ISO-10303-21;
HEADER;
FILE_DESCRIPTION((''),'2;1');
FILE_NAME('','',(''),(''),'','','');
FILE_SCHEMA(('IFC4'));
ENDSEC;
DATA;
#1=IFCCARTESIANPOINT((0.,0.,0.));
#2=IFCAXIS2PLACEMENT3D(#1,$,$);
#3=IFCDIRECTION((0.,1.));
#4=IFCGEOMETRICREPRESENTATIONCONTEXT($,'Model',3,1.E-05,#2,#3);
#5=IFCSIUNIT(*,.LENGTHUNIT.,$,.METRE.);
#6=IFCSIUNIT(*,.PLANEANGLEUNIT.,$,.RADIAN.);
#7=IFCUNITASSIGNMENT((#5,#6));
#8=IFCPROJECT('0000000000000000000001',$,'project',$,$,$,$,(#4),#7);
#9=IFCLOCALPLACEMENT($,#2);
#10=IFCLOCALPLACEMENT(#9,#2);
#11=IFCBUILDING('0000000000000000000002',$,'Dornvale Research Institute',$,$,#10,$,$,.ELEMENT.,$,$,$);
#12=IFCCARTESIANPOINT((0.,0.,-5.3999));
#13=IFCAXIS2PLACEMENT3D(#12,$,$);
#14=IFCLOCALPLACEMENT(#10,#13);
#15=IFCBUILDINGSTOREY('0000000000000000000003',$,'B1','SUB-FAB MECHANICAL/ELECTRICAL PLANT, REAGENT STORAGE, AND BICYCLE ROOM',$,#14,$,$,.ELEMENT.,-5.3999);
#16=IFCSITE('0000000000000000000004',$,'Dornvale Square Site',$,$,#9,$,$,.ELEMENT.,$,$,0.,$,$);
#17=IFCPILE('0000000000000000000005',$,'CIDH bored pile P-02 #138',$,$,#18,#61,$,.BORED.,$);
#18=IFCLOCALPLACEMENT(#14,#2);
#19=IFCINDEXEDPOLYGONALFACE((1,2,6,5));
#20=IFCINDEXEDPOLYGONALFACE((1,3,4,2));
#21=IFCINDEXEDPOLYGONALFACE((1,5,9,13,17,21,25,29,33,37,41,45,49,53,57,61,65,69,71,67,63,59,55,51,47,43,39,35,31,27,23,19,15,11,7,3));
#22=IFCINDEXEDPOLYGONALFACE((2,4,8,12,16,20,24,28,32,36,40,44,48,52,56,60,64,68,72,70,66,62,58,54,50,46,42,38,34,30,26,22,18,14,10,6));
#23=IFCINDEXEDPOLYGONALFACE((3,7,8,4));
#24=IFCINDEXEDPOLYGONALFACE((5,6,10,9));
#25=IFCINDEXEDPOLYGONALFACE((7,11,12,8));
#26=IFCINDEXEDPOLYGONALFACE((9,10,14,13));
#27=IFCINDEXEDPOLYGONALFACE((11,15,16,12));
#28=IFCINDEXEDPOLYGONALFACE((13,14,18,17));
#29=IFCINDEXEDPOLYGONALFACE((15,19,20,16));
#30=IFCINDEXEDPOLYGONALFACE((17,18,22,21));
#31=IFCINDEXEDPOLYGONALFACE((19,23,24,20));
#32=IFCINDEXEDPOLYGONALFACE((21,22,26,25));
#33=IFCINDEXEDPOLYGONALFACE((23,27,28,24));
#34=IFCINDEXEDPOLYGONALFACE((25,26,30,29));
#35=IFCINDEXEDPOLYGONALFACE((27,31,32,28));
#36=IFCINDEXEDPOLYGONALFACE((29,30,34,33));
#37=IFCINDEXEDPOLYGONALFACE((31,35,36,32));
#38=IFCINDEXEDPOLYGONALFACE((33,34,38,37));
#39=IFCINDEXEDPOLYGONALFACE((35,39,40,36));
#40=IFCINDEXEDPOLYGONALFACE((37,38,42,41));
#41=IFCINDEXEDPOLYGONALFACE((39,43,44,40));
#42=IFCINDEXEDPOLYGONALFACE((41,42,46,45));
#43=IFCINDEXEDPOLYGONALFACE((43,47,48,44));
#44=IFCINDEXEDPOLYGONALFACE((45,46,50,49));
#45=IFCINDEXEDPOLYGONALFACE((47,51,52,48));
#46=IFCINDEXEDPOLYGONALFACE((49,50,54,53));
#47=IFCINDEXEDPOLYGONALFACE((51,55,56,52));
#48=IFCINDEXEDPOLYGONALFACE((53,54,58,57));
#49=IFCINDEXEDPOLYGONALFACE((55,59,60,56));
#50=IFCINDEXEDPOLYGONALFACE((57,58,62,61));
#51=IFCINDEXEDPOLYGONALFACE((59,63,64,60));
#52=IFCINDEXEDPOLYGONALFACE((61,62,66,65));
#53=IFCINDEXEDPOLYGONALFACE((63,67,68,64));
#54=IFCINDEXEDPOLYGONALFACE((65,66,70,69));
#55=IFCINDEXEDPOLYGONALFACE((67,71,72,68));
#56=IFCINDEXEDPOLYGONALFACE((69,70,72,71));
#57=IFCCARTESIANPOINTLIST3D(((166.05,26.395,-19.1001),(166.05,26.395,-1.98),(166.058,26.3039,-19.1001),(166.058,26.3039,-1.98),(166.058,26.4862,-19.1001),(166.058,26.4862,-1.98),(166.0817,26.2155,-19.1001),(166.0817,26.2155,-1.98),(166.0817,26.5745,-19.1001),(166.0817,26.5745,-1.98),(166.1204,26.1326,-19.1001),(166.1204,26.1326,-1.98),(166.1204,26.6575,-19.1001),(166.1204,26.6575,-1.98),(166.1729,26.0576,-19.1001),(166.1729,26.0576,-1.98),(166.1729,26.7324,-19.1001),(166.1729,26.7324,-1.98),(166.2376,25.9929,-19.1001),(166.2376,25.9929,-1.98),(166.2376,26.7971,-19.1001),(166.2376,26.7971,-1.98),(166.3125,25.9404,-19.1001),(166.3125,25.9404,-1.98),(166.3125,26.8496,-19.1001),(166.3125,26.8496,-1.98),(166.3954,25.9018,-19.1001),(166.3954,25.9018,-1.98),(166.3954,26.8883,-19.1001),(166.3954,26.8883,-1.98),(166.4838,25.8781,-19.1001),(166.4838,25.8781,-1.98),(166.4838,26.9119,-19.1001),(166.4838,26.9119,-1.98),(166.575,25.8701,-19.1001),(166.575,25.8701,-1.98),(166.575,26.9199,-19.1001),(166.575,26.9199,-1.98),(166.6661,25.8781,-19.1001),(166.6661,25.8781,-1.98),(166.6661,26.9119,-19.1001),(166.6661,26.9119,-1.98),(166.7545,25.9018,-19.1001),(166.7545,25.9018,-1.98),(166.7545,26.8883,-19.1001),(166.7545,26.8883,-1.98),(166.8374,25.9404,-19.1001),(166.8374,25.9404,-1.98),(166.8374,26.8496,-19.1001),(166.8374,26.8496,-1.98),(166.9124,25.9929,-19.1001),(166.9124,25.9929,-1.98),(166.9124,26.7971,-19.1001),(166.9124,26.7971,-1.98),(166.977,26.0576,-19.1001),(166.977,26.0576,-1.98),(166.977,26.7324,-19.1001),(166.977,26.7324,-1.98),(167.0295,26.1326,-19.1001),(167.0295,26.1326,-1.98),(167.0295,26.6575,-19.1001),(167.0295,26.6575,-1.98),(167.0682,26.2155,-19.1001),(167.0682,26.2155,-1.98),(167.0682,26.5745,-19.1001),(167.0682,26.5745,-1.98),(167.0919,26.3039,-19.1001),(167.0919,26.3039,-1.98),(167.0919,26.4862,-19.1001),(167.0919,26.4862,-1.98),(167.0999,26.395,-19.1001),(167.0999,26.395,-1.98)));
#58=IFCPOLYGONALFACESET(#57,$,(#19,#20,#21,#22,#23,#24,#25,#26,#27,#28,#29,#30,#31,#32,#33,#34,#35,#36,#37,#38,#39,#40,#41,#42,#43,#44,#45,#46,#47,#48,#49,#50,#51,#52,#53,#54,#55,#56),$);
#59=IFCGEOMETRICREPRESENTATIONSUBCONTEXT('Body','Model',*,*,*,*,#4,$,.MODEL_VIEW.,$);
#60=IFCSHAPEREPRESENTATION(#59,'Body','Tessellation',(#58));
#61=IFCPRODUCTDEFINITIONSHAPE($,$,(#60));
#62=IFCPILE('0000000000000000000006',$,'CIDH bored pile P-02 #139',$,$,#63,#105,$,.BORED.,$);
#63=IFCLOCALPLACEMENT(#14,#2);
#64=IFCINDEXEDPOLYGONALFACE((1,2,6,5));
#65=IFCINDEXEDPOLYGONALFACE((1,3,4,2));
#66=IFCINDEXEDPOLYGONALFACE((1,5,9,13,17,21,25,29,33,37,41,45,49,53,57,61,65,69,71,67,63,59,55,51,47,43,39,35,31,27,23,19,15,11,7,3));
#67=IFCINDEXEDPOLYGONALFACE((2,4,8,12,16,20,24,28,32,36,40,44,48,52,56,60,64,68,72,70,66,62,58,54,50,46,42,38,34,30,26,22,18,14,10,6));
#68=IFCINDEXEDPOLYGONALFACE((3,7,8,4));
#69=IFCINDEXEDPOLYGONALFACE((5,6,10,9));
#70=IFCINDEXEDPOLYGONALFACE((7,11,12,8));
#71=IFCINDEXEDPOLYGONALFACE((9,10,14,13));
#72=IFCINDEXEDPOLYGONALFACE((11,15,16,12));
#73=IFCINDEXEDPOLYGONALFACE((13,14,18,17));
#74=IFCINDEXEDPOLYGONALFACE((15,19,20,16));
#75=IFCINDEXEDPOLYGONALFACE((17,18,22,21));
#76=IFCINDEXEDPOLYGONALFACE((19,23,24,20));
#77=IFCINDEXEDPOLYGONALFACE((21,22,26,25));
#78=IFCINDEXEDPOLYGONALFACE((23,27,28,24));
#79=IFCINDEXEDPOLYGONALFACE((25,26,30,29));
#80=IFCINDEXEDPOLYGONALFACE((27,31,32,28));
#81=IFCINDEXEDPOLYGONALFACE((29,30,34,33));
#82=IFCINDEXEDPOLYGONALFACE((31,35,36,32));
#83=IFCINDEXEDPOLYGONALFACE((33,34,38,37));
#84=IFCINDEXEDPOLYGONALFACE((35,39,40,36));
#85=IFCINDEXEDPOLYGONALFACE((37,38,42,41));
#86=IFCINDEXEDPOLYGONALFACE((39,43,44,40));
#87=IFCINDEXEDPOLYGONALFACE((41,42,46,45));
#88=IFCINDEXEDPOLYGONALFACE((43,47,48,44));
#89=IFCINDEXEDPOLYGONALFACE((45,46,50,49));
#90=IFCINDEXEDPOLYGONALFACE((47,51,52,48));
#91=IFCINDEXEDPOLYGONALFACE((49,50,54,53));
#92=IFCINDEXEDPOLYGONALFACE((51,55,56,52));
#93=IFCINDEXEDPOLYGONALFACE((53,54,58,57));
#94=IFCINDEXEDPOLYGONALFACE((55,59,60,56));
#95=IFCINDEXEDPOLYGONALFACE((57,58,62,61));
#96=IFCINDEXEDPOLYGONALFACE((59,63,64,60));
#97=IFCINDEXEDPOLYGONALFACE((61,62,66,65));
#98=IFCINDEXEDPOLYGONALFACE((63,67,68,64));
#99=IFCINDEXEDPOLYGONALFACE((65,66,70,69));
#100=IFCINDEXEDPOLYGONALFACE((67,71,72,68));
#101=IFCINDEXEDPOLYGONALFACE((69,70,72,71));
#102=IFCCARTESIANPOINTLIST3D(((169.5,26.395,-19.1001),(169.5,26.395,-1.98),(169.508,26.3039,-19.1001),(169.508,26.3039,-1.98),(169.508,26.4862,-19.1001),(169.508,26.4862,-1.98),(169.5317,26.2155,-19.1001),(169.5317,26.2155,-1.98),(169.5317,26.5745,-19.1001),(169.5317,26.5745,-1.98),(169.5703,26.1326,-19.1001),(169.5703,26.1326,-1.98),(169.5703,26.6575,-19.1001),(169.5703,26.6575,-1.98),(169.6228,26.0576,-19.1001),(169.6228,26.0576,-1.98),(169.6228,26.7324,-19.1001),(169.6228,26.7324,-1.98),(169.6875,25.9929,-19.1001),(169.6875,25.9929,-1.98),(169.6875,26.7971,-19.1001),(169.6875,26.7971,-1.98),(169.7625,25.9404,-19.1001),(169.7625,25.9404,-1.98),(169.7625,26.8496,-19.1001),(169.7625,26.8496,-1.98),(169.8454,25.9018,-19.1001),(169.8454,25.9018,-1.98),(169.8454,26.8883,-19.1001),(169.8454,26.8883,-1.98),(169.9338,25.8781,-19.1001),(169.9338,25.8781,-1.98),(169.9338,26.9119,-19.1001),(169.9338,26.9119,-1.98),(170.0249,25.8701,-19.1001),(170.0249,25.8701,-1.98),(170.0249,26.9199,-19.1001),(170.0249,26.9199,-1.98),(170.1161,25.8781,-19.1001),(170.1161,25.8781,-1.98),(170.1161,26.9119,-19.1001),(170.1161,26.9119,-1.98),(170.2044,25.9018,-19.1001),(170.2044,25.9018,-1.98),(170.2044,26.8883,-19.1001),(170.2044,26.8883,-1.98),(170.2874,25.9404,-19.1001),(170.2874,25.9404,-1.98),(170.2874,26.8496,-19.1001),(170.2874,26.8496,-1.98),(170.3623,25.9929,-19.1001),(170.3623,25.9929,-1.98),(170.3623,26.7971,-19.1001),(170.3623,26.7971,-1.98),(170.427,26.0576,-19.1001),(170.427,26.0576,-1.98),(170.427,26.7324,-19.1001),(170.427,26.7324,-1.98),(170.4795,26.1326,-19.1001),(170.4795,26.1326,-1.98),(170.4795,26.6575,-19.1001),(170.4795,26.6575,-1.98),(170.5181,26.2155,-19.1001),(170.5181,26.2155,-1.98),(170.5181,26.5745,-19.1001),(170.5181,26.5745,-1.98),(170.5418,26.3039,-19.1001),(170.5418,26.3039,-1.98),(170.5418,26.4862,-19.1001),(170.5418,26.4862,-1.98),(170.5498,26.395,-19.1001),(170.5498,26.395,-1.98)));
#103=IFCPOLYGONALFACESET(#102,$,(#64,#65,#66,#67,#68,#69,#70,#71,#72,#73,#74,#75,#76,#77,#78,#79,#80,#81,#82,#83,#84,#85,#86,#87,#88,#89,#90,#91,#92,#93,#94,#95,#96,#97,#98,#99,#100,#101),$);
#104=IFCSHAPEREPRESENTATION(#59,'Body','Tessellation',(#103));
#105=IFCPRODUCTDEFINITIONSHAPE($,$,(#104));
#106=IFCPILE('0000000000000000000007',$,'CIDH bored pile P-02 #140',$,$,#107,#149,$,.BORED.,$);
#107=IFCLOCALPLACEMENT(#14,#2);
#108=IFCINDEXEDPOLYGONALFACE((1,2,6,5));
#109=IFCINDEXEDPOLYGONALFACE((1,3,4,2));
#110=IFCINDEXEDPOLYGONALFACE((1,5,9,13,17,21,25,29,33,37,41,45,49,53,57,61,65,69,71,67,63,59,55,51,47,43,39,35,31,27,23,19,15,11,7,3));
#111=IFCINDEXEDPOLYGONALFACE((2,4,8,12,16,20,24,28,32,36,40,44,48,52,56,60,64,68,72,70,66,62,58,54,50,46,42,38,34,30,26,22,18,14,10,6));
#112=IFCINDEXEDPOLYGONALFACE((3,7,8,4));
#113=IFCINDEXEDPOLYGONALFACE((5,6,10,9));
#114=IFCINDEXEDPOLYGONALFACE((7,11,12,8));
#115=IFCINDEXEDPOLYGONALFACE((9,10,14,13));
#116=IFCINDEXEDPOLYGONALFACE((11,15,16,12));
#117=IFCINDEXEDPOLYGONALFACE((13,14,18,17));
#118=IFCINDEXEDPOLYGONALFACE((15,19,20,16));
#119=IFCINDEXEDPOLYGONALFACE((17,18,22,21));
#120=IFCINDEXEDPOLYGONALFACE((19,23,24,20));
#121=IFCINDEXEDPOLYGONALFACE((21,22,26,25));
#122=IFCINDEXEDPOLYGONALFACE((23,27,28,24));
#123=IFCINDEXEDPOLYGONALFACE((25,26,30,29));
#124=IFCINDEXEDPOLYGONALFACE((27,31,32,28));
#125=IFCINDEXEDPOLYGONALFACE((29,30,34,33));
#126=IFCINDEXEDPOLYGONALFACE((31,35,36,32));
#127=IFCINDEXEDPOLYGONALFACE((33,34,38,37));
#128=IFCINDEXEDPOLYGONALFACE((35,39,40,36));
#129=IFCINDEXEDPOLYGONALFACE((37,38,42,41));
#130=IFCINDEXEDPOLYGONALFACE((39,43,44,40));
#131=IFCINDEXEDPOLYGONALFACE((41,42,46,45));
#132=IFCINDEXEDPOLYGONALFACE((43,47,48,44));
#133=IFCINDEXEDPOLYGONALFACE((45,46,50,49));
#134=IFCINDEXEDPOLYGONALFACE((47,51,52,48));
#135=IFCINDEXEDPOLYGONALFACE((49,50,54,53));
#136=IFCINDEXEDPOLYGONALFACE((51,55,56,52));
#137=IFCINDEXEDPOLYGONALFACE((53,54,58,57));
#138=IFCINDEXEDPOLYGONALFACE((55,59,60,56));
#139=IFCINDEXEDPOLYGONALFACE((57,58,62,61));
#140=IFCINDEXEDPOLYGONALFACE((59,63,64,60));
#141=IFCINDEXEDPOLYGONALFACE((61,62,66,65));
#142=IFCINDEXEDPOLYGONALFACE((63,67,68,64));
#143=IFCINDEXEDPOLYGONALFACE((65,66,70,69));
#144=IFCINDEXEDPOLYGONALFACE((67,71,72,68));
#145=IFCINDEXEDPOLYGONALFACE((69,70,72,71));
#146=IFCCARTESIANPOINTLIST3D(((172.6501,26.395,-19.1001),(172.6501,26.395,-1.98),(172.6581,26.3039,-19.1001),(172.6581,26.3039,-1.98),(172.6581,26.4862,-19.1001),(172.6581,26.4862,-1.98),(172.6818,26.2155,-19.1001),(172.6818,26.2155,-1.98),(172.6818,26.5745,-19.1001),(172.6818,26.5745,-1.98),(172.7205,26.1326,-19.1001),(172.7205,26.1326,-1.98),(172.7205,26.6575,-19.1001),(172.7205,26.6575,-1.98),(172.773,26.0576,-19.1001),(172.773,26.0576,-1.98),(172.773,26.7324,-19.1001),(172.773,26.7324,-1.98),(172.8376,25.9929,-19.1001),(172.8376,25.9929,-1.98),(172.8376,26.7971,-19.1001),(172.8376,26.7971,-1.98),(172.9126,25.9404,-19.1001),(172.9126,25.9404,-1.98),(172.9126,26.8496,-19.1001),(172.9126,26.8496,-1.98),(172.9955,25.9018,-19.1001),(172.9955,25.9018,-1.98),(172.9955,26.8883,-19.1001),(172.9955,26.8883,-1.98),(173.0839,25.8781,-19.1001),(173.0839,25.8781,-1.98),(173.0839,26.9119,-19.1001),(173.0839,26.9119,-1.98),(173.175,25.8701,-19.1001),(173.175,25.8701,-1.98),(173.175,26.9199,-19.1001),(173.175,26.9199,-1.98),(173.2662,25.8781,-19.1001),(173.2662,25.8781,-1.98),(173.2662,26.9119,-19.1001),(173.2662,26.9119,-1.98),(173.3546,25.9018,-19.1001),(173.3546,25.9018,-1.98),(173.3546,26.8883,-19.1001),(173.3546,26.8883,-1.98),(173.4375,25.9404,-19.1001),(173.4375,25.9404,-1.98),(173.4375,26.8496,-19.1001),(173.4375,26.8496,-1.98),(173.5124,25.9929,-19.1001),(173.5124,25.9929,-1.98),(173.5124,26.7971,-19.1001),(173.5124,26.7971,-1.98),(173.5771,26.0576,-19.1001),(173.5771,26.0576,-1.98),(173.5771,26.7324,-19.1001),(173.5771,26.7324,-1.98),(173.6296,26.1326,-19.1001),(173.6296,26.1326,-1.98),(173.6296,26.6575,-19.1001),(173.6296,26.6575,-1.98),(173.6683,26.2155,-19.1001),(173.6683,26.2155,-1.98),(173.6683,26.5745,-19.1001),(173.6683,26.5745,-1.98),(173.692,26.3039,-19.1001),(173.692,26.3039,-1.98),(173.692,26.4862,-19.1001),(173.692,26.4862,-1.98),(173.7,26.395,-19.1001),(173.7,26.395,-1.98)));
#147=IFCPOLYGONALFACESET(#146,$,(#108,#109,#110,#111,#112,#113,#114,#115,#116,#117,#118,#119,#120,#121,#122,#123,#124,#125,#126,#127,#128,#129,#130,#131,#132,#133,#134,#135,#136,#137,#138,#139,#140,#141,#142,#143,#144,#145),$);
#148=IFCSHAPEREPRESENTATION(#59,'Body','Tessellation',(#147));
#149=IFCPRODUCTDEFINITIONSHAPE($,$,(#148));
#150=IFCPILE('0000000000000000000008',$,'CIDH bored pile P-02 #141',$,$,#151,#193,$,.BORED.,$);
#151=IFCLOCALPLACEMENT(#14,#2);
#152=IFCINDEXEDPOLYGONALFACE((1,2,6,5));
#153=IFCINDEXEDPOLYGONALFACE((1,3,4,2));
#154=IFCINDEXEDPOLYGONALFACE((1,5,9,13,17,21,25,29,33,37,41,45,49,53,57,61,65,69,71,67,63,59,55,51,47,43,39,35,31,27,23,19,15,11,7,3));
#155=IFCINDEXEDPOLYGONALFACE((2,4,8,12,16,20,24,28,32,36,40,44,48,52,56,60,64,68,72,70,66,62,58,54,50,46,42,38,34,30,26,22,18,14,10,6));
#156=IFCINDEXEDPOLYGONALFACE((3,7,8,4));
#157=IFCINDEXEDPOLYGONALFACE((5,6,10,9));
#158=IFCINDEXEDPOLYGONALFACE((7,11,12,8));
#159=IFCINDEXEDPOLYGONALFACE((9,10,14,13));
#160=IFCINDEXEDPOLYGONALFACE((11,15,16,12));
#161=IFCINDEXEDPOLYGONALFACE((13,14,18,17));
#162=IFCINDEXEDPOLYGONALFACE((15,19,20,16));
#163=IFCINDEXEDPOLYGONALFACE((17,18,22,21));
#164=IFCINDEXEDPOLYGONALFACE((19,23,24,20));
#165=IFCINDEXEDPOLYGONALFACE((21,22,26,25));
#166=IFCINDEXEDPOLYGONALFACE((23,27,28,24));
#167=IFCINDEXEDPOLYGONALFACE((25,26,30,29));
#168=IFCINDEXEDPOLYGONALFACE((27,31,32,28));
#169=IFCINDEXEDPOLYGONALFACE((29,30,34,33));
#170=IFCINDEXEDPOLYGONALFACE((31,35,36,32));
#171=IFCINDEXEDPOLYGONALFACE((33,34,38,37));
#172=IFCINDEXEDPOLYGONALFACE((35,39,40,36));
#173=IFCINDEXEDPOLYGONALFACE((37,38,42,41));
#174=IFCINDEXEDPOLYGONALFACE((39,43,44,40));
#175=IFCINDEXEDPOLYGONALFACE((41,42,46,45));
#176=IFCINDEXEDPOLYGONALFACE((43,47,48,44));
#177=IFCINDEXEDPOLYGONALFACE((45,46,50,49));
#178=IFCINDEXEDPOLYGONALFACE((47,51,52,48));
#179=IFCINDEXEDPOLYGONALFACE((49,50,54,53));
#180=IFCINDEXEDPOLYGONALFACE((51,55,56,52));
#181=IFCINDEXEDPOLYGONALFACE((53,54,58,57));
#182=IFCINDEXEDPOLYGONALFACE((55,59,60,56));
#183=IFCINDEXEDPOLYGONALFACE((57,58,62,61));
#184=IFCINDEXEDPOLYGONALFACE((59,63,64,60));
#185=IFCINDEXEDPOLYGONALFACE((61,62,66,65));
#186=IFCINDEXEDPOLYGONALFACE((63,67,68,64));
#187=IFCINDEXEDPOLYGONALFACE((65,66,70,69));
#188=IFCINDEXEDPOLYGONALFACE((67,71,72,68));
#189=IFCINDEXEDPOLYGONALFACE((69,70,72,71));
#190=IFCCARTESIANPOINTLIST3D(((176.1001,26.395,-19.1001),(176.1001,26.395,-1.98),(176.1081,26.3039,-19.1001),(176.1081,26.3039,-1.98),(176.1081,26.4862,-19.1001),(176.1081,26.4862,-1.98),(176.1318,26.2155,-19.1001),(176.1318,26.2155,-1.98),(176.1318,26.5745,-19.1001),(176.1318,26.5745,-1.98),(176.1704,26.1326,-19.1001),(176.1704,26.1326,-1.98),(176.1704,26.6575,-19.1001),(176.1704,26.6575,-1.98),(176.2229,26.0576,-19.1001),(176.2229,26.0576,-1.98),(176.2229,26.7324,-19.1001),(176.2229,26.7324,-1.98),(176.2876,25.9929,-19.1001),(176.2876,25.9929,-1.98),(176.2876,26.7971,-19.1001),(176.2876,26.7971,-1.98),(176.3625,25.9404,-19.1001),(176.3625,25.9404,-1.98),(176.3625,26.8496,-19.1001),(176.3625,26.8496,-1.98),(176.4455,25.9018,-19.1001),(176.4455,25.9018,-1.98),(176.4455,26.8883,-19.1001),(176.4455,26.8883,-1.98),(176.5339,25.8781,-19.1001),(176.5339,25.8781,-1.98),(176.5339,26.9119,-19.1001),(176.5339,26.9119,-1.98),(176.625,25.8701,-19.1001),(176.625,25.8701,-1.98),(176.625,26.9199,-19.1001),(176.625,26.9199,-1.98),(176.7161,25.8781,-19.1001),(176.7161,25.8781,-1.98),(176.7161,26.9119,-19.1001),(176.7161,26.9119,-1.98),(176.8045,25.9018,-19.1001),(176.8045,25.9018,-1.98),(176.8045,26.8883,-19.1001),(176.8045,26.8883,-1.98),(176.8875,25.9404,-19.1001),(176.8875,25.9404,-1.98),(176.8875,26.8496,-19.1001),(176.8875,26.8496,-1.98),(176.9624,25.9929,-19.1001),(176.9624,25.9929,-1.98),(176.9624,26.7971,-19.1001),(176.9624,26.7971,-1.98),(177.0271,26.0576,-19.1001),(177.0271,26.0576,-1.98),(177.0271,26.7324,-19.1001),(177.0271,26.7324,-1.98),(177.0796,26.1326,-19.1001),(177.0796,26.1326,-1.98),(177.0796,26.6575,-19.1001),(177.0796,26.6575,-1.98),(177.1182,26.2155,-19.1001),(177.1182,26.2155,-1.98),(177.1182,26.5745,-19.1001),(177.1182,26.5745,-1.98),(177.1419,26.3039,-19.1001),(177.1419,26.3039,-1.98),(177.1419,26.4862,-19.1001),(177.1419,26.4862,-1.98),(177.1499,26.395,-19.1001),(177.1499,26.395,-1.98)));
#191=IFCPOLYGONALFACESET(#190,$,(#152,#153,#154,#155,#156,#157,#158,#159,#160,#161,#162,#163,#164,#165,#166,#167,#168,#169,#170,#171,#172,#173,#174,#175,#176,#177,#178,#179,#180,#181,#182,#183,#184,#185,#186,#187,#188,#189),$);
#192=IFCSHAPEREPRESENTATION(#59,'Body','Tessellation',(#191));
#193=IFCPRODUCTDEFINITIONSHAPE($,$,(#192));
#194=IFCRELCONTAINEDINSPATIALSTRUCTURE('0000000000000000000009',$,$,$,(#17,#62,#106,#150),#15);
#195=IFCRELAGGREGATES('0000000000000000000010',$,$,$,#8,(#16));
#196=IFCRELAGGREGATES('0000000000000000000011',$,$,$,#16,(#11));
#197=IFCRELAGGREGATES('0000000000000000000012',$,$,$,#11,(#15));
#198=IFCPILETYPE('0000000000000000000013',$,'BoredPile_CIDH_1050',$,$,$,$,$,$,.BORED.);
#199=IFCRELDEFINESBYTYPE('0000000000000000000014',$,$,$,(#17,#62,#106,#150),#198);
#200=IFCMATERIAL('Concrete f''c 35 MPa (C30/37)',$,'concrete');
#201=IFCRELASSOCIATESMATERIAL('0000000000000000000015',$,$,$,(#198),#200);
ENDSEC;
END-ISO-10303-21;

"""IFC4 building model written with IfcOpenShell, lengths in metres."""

from ifc_helpers import new_model, si_unit, direction, frame, origin, origin_2d, place, context, subcontext, project, spatial, circle, extrude, material, material_profile, profile_set, type_object, element, save


model = new_model("IFC4")

# Units and contexts
model_context = context("Model", 3, precision=1e-05, world=origin(), true_north=direction((0.0, 1.0)))
body_context = subcontext(model_context, "Body", "Model", "MODEL_VIEW")
ifc_project = project(units=[si_unit("LENGTHUNIT", "METRE"), si_unit("PLANEANGLEUNIT", "RADIAN")], contexts=[model_context])

# Site, building, storey
site_placement = place(None, origin())
site = spatial("IfcSite", under=ifc_project, at=site_placement, Name="Dornvale Square Site", CompositionType="ELEMENT", RefElevation=0.0)
building_placement = place(site_placement, origin())
building = spatial("IfcBuilding", under=site, at=building_placement, Name="Dornvale Research Institute", CompositionType="ELEMENT")
storey_placement = place(building_placement, frame((0.0, 0.0, -5.3999)))
storey = spatial("IfcBuildingStorey", under=building, at=storey_placement, Name="B1", Description="SUB-FAB MECHANICAL/ELECTRICAL PLANT, REAGENT STORAGE, AND BICYCLE ROOM", CompositionType="ELEMENT", Elevation=-5.3999)

# Piles
ifc_material_1 = material(Name="Concrete f'c 35 MPa (C30/37)", Category="concrete")
ifc_material_profile_1 = material_profile(ifc_material_1, circle(Radius=0.5249, at=origin_2d()), Name="CIDH PILE D1050")
ifc_profile_set_1 = profile_set([ifc_material_profile_1], Name="Concrete f'c 35 MPa (C30/37)")
pile_type_1 = type_object("IfcPileType", Name="BoredPile_CIDH_1050", PredefinedType="BORED", material=ifc_profile_set_1)
for number, where, z_axis, x_axis, name in (
    (1, (166.575, 26.395, -1.98), (0.0, 0.0, -1.0), (1.0, 0.0, 0.0), "CIDH bored pile P-02 #138"),
    (2, (170.0249, 26.395, -1.98), (0.0, 0.0, -1.0), (1.0, 0.0, 0.0), "CIDH bored pile P-02 #139"),
    (3, (173.175, 26.395, -1.98), (0.0, 0.0, -1.0), (1.0, 0.0, 0.0), "CIDH bored pile P-02 #140"),
    (4, (176.625, 26.395, -1.98), (0.0, 0.0, -1.0), (1.0, 0.0, 0.0), "CIDH bored pile P-02 #141"),
):
    element("IfcPile", number, at=place(storey_placement, frame(where, z_axis=z_axis, x_axis=x_axis)), inside=storey, type_object=pile_type_1, Name=name, PredefinedType="BORED", context=body_context, shape_type="SweptSolid", body=[
        extrude(circle(Radius=0.5249, at=origin_2d()), origin(), (0.0, 0.0, 1.0), 17.1201),
    ])

save(model, "model.ifc")
